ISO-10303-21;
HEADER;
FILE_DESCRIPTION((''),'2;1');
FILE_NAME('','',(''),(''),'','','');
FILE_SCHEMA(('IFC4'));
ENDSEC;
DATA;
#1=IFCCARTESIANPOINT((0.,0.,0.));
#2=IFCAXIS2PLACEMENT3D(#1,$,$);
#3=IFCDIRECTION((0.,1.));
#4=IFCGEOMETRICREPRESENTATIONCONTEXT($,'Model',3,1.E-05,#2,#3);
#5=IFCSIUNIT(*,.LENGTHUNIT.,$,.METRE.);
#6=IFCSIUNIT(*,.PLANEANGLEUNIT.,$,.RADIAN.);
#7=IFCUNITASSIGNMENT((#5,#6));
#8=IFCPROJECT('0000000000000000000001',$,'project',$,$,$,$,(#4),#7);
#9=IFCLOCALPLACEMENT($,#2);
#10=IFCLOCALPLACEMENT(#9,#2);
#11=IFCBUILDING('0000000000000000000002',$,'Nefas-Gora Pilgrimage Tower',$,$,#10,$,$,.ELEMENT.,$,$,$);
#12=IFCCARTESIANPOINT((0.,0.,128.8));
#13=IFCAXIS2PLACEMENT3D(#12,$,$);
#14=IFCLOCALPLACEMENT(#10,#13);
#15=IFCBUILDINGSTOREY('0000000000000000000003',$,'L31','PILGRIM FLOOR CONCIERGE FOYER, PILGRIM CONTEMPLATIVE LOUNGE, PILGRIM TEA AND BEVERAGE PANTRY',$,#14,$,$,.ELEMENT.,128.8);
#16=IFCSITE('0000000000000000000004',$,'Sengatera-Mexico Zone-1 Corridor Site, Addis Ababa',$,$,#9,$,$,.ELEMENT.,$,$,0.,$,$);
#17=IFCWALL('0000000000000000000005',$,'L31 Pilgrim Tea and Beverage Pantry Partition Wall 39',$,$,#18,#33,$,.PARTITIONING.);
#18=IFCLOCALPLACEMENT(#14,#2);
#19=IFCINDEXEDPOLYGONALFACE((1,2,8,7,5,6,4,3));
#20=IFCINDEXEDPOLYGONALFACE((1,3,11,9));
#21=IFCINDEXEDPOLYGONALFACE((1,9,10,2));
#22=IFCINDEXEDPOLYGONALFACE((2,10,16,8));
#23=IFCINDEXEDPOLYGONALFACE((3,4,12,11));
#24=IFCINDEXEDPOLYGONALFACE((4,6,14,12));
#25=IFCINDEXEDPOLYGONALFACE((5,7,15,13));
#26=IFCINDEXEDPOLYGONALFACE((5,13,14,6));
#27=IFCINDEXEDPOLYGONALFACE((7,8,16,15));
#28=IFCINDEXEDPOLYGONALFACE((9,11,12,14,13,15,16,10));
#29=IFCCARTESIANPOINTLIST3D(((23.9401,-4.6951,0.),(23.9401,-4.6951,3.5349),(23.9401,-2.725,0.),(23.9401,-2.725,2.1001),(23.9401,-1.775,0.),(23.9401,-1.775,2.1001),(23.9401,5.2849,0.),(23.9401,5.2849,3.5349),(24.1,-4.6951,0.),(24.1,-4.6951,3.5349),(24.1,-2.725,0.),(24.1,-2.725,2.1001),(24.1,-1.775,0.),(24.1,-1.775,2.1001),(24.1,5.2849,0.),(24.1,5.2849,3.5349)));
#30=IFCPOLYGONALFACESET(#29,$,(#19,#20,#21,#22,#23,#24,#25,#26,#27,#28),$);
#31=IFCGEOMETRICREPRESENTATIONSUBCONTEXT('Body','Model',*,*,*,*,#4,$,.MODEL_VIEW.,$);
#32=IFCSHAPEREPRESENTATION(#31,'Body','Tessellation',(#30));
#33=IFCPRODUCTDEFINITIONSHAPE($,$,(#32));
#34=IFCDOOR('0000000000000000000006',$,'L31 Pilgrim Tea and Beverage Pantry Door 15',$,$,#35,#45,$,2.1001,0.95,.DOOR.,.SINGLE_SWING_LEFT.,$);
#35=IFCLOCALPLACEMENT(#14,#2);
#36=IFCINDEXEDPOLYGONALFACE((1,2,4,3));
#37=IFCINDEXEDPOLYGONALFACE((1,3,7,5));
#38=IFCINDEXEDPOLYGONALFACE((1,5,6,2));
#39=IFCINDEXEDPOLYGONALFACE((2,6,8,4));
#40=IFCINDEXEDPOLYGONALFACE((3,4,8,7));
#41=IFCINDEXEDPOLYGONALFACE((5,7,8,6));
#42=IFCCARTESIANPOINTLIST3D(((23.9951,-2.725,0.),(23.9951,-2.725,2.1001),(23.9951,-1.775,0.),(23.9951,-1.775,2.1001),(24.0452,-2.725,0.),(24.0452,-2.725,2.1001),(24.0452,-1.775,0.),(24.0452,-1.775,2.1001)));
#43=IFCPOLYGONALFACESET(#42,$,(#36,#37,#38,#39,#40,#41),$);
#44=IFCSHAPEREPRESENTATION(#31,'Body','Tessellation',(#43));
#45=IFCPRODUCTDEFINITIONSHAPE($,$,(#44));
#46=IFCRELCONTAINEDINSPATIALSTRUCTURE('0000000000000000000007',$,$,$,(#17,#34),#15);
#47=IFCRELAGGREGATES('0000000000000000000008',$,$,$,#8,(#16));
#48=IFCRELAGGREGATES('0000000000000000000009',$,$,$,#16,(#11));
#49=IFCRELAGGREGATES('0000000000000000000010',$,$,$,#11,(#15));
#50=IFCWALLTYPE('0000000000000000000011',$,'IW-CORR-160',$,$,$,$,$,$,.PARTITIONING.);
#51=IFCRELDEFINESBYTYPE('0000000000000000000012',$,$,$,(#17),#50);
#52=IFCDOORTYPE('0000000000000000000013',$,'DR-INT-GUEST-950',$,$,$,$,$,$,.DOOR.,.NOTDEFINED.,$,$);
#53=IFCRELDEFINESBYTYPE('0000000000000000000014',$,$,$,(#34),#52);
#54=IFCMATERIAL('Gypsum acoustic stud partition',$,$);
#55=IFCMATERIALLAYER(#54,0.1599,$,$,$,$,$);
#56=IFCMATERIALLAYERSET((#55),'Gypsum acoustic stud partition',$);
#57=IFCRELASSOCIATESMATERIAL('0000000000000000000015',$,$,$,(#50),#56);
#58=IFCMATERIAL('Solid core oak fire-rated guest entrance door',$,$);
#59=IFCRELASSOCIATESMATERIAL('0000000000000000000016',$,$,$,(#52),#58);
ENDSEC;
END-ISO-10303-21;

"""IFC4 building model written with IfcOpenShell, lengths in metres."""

from ifc_helpers import new_model, si_unit, direction, frame, frame_2d, origin, place, context, subcontext, project, spatial, rectangle, extrude, source, transform, mapped, material, layer, layer_set, type_object, element, fill, save


model = new_model("IFC4")

# Units and contexts
model_context = context("Model", 3, precision=1e-05, world=origin(), true_north=direction((0.0, 1.0)))
body_context = subcontext(model_context, "Body", "Model", "MODEL_VIEW")
ifc_project = project(units=[si_unit("LENGTHUNIT", "METRE"), si_unit("PLANEANGLEUNIT", "RADIAN")], contexts=[model_context])

# Site, building, storey
site_placement = place(None, origin())
site = spatial("IfcSite", under=ifc_project, at=site_placement, Name="Sengatera-Mexico Zone-1 Corridor Site, Addis Ababa", CompositionType="ELEMENT", RefElevation=0.0)
building_placement = place(site_placement, origin())
building = spatial("IfcBuilding", under=site, at=building_placement, Name="Nefas-Gora Pilgrimage Tower", CompositionType="ELEMENT")
storey_placement = place(building_placement, frame((0.0, 0.0, 128.8)))
storey = spatial("IfcBuildingStorey", under=building, at=storey_placement, Name="L31", Description="PILGRIM FLOOR CONCIERGE FOYER, PILGRIM CONTEMPLATIVE LOUNGE, PILGRIM TEA AND BEVERAGE PANTRY", CompositionType="ELEMENT", Elevation=128.8)

# Wall, opening, door
ifc_material_1 = material(Name="Gypsum acoustic stud partition")
ifc_layer_1 = layer(ifc_material_1, 0.1599)
ifc_layer_set_1 = layer_set([ifc_layer_1], Name="Gypsum acoustic stud partition")
wall_type_1 = type_object("IfcWallType", Name="IW-CORR-160", PredefinedType="PARTITIONING", material=ifc_layer_set_1)
shared_shape_1 = source(origin(), body_context, "Body", "SweptSolid", [
    extrude(rectangle(XDim=9.98, YDim=0.1599, at=frame_2d((4.99, 0.0))), origin(), (0.0, 0.0, 1.0), 3.5349),
])
wall_1_placement = place(storey_placement, frame((24.02, -4.6951, 0.0), z_axis=(0.0, 0.0, 1.0), x_axis=(0.0, 1.0, 0.0)))
wall_1 = element("IfcWall", 1, at=wall_1_placement, inside=storey, type_object=wall_type_1, Name="L31 Pilgrim Tea and Beverage Pantry Partition Wall 39", PredefinedType="PARTITIONING", context=body_context, shape_type="MappedRepresentation", body=[
    mapped(shared_shape_1, transform((0.0, 0.0, 0.0), x_axis=(1.0, 0.0, 0.0), y_axis=(0.0, 1.0, 0.0), z_axis=(0.0, 0.0, 1.0), scale=1.0)),
])
opening_1_placement = place(wall_1_placement, frame((1.97, 0.0, 0.0)))
opening_1 = element("IfcOpeningElement", 2, at=opening_1_placement, cuts=wall_1, PredefinedType="OPENING", context=body_context, shape_type="SweptSolid", body=[
    extrude(rectangle(XDim=0.95, YDim=2.1001, at=frame_2d((0.4751, 1.05))), frame((0.0, 0.0898, 0.0), z_axis=(0.0, -1.0, 0.0), x_axis=(1.0, 0.0, 0.0)), (0.0, 0.0, 1.0), 0.1799),
])
ifc_material_2 = material(Name="Solid core oak fire-rated guest entrance door")
door_type = type_object("IfcDoorType", Name="DR-INT-GUEST-950", OperationType="NOTDEFINED", PredefinedType="DOOR", material=ifc_material_2)
shared_shape_2 = source(origin(), body_context, "Body", "SweptSolid", [
    extrude(rectangle(XDim=0.95, YDim=2.1001, at=frame_2d((0.4751, 1.05))), frame((0.0, 0.0249, 0.0), z_axis=(0.0, -1.0, 0.0), x_axis=(1.0, 0.0, 0.0)), (0.0, 0.0, 1.0), 0.05),
])
door_placement = place(opening_1_placement, origin())
door = element("IfcDoor", 3, at=door_placement, inside=storey, type_object=door_type, Name="L31 Pilgrim Tea and Beverage Pantry Door 15", OperationType="SINGLE_SWING_LEFT", OverallHeight=2.1001, OverallWidth=0.95, PredefinedType="DOOR", context=body_context, shape_type="MappedRepresentation", body=[
    mapped(shared_shape_2, transform((0.0, 0.0, 0.0), x_axis=(1.0, 0.0, 0.0), y_axis=(0.0, 1.0, 0.0), z_axis=(0.0, 0.0, 1.0), scale=1.0)),
])
fill(opening_1, door)

save(model, "model.ifc")
